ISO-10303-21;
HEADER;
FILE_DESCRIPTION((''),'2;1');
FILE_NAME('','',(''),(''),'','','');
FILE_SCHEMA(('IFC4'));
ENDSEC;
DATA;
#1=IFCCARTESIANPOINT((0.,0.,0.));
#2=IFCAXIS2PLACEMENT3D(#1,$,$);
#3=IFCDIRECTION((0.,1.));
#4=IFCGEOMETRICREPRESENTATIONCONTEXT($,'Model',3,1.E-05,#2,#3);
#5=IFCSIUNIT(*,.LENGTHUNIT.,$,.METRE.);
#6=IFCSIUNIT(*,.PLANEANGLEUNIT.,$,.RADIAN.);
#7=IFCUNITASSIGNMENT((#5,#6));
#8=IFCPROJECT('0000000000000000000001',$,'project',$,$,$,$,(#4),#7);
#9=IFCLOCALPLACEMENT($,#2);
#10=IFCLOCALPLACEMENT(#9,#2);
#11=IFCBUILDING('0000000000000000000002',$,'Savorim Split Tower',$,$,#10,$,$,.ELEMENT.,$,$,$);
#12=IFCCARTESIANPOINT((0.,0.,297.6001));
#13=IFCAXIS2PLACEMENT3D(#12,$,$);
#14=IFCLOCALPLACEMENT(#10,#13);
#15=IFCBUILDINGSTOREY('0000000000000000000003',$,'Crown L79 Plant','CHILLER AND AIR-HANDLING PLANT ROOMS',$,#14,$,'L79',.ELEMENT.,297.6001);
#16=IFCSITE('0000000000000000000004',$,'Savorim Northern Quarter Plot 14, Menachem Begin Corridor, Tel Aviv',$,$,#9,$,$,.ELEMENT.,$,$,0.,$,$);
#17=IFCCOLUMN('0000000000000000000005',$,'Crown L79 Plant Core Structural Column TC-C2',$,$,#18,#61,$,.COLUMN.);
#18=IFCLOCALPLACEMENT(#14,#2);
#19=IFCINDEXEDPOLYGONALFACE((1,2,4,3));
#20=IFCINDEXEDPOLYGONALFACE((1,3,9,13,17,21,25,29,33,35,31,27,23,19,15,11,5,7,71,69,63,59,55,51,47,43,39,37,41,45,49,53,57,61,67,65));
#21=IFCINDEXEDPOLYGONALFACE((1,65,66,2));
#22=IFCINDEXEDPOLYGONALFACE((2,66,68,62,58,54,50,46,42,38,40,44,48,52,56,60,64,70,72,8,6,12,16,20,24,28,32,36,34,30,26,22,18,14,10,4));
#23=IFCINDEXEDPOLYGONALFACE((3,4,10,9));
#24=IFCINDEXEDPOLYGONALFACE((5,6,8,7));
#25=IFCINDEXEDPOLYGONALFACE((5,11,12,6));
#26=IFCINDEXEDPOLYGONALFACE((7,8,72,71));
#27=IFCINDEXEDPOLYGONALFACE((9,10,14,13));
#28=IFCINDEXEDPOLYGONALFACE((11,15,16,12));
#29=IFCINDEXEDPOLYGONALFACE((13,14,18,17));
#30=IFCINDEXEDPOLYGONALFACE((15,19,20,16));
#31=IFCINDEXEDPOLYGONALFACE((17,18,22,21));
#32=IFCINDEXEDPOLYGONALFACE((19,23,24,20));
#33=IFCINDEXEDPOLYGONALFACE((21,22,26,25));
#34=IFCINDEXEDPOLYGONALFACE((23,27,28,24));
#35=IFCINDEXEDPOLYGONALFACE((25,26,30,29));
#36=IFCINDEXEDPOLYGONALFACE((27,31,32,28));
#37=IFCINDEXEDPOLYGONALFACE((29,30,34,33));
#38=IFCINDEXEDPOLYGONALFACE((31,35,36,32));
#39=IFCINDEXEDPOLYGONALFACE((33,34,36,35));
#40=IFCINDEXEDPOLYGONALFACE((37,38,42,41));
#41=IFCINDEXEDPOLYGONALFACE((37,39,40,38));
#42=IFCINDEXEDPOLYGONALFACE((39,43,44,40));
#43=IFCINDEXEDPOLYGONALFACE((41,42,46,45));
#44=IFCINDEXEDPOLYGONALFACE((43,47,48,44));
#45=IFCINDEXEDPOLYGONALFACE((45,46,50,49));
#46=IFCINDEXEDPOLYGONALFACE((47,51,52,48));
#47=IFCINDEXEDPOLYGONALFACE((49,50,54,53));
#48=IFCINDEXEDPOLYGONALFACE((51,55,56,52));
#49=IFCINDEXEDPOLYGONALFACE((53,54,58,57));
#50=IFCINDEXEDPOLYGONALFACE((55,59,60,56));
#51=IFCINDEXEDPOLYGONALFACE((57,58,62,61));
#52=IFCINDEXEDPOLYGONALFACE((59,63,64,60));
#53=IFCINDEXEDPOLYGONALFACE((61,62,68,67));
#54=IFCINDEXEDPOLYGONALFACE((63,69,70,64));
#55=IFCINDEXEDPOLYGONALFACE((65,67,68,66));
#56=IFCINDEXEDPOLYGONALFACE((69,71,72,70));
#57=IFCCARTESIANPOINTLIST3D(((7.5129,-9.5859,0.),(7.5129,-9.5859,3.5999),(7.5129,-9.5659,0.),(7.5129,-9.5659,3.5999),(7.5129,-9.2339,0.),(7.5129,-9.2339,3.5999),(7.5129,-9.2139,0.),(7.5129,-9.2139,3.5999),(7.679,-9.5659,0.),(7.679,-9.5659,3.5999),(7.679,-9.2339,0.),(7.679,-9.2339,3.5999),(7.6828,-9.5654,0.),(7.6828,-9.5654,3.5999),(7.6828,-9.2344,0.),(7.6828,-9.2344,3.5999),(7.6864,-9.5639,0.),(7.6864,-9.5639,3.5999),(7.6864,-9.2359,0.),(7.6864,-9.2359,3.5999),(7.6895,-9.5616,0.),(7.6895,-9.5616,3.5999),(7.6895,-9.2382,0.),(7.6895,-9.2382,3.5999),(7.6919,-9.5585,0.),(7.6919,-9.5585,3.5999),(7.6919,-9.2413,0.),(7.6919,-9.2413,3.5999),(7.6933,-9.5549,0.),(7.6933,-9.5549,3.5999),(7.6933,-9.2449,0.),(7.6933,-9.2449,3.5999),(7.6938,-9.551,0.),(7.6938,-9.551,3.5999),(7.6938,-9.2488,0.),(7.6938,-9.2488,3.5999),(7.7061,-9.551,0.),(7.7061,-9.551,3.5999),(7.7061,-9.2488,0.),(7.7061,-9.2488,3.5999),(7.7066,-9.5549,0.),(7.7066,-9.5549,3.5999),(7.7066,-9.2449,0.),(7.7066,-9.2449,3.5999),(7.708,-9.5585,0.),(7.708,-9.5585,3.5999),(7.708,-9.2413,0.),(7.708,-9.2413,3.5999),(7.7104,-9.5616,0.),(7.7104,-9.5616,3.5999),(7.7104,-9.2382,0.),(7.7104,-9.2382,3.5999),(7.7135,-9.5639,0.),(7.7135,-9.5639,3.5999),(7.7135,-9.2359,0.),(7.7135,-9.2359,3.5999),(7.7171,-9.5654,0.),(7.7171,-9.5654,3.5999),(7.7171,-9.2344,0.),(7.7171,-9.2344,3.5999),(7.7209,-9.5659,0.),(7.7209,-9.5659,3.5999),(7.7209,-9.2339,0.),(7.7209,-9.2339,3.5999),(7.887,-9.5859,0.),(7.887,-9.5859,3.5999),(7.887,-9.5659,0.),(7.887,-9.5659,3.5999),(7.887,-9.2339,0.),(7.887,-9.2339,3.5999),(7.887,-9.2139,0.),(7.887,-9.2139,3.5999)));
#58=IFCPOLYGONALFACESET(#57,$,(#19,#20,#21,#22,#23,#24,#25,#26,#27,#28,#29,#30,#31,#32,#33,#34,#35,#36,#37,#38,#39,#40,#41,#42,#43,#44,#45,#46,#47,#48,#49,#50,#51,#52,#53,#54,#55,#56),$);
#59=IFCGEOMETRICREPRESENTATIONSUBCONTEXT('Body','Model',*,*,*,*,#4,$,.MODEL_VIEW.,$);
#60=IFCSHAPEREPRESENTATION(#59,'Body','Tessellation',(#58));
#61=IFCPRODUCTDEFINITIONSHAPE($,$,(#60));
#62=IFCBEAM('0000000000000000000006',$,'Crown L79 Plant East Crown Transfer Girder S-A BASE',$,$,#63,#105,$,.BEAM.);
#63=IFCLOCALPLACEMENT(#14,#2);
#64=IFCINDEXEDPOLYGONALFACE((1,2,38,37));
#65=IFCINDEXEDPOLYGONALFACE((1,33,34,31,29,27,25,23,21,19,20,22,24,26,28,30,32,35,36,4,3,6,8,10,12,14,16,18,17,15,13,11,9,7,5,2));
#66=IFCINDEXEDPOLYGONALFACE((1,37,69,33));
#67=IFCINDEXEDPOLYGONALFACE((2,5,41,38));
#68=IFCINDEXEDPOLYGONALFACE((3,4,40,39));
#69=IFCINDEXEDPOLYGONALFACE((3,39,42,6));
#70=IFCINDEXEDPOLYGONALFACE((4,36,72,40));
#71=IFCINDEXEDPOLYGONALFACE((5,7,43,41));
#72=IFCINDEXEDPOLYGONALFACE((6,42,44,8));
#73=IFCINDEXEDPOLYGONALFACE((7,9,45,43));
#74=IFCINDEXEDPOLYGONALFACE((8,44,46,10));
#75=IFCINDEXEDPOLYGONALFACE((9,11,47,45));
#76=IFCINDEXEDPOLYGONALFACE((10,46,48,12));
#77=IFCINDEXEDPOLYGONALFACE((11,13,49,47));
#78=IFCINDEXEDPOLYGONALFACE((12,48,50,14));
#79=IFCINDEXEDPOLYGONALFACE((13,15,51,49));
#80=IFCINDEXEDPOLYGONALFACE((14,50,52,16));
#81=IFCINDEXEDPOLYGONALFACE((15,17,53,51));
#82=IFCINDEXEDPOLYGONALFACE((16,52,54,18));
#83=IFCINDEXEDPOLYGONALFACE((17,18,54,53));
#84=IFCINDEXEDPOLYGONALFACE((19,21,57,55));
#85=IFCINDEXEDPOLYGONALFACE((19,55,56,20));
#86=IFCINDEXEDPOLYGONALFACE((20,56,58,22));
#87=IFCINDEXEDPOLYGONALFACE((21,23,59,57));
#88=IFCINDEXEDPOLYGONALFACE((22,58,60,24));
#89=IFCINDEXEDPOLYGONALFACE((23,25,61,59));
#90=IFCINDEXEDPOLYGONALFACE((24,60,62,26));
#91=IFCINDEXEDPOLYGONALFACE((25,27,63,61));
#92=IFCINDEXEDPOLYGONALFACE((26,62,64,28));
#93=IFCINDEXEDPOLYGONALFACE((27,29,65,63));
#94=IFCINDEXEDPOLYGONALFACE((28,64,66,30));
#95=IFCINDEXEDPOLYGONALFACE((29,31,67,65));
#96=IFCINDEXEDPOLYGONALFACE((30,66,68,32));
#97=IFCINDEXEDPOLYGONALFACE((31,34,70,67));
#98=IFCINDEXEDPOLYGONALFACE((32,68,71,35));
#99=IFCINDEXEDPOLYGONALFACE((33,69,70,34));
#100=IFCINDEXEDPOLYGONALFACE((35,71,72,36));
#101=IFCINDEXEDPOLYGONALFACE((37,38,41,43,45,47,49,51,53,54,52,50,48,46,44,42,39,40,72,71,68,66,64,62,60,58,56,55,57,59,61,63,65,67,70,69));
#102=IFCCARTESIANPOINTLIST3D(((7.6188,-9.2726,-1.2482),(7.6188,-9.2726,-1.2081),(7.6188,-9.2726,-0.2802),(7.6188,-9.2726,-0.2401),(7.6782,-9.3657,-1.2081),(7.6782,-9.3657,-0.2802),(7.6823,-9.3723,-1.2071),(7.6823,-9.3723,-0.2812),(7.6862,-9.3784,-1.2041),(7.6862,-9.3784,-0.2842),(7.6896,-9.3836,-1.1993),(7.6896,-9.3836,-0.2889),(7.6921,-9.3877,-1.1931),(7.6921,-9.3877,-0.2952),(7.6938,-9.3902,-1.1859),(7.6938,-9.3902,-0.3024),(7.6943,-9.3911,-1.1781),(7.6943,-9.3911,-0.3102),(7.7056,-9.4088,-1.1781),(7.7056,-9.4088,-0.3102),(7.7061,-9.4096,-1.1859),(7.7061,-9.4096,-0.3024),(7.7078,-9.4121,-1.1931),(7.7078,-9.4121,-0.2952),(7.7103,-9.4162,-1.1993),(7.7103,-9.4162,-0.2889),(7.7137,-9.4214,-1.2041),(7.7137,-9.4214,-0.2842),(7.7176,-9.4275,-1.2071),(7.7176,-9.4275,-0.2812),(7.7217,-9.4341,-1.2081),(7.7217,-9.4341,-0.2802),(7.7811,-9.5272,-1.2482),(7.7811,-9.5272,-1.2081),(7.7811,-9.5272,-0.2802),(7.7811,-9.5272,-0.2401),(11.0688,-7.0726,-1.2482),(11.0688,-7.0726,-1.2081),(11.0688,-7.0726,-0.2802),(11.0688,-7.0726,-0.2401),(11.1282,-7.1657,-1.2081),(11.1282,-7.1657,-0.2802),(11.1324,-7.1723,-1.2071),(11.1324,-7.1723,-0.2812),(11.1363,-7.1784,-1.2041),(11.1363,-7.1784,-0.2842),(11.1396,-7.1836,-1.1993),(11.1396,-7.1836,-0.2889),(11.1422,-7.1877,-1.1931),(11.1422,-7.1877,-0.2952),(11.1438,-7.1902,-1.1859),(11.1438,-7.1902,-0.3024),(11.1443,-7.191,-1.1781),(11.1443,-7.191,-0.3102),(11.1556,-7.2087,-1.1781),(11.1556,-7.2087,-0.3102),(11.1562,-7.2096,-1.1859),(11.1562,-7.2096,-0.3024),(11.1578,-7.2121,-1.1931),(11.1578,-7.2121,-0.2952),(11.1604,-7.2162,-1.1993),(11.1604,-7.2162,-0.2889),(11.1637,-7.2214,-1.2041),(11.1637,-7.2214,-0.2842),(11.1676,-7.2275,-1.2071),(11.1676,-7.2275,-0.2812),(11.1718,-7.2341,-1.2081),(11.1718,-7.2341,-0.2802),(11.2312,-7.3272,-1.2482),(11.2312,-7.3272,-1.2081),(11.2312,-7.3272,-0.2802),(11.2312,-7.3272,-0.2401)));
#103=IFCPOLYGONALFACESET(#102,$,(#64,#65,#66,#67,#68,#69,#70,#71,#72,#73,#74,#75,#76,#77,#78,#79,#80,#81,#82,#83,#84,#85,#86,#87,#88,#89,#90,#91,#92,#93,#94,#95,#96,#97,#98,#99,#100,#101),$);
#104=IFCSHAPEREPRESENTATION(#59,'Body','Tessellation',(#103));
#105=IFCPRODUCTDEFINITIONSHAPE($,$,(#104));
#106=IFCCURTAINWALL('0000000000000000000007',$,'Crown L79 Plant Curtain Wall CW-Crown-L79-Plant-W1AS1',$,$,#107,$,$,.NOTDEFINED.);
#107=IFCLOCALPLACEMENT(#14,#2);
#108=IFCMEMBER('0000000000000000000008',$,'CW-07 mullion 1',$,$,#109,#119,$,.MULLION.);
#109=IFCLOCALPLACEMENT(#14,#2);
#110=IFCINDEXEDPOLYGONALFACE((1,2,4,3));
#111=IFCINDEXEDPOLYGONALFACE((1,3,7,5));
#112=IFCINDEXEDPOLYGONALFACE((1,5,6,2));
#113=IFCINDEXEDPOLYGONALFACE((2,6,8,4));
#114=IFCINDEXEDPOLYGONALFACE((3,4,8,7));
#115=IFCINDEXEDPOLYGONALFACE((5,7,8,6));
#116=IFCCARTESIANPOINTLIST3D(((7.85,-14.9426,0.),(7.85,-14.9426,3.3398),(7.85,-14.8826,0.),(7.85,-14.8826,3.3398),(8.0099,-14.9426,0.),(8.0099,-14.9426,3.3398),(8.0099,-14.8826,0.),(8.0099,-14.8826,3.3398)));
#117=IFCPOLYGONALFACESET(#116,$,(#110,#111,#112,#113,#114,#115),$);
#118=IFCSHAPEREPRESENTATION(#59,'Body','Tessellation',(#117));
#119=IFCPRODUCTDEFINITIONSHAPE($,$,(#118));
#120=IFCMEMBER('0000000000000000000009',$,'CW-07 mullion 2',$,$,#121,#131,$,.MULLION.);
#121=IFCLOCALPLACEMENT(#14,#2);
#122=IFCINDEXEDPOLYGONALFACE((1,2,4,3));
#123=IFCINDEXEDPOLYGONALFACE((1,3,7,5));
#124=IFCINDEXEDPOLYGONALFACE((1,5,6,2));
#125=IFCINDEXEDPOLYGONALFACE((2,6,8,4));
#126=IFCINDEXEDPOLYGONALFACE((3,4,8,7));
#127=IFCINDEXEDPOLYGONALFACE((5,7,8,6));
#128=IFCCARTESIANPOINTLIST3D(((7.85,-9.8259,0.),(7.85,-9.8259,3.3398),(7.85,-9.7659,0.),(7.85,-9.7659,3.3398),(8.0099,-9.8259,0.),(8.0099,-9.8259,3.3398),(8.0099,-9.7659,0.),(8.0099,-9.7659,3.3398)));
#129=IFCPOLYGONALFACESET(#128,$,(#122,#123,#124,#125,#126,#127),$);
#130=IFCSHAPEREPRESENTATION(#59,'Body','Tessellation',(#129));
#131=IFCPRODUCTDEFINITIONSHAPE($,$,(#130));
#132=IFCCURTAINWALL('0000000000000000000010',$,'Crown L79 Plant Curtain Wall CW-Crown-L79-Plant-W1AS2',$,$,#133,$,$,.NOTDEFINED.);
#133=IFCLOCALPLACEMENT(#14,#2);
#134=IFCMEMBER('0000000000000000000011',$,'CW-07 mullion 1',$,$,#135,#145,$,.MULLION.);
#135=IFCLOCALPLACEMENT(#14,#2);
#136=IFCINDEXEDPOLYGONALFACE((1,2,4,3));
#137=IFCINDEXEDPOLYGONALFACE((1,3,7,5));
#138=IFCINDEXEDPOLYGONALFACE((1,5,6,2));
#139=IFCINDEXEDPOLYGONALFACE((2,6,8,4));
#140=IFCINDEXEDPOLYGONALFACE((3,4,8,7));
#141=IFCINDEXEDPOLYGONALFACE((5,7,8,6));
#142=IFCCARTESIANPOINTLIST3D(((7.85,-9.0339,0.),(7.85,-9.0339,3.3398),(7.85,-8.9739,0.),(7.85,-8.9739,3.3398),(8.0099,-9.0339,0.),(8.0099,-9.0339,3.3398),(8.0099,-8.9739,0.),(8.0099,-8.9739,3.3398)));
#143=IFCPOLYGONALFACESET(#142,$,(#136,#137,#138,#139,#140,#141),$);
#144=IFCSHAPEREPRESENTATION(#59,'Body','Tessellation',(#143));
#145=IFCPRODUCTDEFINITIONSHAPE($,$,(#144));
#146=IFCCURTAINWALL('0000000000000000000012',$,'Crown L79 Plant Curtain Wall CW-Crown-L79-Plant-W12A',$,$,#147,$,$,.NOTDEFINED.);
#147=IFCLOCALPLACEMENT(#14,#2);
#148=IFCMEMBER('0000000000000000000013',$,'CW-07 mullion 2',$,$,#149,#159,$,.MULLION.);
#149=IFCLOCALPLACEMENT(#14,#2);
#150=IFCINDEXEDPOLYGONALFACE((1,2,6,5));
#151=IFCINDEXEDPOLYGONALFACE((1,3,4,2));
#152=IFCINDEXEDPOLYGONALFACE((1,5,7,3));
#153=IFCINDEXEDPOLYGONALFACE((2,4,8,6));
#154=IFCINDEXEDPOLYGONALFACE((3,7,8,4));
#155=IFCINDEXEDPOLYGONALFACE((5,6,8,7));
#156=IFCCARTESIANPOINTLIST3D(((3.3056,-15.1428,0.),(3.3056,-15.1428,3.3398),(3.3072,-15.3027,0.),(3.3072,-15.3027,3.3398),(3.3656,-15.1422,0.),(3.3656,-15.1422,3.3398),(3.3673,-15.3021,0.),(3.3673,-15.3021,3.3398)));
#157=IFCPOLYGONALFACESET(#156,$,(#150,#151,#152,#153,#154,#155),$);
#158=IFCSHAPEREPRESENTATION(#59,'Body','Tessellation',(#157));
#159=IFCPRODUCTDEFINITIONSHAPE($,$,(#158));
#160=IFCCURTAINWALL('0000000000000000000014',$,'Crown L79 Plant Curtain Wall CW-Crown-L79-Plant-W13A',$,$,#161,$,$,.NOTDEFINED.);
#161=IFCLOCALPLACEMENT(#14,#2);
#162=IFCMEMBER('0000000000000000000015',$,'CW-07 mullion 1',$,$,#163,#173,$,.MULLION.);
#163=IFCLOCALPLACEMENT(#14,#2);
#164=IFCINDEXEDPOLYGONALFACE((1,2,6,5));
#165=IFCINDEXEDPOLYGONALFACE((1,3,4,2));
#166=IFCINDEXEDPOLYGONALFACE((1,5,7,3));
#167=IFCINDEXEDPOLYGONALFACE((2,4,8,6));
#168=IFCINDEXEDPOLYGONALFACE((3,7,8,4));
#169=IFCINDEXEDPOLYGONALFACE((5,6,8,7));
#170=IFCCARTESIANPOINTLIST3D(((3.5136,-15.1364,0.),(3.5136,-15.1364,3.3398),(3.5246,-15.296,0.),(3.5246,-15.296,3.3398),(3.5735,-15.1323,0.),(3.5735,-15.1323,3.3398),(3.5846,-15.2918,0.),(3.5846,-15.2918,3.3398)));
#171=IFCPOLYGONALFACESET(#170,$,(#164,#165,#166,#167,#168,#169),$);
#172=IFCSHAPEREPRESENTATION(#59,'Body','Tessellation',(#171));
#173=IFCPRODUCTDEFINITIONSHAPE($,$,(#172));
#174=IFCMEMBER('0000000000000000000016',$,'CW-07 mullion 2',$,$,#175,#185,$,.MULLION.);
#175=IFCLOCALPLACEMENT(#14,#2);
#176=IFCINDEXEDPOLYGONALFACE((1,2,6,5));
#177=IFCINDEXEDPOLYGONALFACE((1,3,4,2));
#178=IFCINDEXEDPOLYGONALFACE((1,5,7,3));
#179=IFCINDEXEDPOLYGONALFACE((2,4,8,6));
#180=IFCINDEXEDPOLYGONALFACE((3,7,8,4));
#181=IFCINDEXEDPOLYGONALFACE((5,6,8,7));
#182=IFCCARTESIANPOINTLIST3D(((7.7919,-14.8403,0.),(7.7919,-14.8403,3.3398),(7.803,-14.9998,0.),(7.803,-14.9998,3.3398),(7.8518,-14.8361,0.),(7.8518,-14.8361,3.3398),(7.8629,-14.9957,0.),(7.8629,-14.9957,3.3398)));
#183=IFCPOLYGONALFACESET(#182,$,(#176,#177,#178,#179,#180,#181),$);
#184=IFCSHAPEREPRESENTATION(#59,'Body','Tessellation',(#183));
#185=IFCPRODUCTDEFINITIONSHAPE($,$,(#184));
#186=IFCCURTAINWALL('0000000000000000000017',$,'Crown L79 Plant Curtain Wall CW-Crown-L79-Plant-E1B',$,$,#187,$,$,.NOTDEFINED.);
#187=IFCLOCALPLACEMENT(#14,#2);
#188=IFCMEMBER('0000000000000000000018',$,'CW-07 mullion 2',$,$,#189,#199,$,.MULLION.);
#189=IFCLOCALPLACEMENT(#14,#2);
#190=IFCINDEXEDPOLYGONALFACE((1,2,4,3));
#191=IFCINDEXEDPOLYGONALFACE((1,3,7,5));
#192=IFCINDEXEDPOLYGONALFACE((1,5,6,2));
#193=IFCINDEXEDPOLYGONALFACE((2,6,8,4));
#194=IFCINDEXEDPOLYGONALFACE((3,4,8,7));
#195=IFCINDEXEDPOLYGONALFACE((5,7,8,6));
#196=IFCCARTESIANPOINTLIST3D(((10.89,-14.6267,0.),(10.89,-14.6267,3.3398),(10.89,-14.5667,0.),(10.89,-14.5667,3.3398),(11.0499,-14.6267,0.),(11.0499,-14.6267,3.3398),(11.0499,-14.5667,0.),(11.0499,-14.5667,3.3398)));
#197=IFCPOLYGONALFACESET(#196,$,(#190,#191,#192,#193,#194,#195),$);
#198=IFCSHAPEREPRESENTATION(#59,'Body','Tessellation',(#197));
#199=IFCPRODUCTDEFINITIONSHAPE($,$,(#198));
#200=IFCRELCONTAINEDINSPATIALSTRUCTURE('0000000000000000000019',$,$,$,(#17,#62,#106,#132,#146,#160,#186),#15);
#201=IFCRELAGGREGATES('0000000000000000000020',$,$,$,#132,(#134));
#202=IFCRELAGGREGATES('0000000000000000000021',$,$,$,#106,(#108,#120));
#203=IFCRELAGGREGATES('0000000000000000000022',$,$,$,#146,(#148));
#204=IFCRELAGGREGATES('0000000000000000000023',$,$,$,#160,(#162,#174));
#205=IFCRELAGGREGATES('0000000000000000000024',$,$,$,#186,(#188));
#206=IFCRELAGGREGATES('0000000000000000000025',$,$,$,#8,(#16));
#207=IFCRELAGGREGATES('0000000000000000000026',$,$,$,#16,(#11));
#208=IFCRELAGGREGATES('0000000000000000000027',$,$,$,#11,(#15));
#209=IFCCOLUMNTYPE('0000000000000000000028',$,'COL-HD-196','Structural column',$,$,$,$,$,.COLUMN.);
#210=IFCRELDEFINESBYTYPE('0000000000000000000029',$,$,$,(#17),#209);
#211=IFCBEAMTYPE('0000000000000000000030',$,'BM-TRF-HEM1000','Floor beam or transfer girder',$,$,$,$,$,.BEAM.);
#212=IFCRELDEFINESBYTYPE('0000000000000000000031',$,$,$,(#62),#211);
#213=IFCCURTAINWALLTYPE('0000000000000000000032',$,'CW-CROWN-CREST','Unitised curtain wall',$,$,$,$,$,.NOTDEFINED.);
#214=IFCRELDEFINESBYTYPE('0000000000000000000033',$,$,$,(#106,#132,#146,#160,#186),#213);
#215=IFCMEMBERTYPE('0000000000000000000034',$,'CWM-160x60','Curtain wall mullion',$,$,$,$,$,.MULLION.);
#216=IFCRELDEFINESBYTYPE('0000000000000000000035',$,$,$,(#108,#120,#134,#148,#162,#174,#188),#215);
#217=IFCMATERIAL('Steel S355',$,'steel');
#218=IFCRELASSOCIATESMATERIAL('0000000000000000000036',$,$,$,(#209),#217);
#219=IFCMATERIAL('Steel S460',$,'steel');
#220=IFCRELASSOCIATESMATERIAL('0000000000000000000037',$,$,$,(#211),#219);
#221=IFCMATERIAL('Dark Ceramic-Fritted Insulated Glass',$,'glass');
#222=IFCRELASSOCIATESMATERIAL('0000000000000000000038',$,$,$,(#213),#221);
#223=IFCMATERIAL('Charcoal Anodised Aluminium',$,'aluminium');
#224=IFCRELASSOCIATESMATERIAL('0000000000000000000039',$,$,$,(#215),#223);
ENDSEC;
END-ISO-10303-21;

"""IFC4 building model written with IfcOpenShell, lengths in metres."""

from ifc_helpers import new_model, si_unit, direction, frame, origin, origin_2d, place, context, subcontext, project, spatial, rectangle, i_section, extrude, material, material_profile, profile_set, type_object, element, aggregate, save


model = new_model("IFC4")

# Units and contexts
model_context = context("Model", 3, precision=1e-05, world=origin(), true_north=direction((0.0, 1.0)))
body_context = subcontext(model_context, "Body", "Model", "MODEL_VIEW")
ifc_project = project(units=[si_unit("LENGTHUNIT", "METRE"), si_unit("PLANEANGLEUNIT", "RADIAN")], contexts=[model_context])

# Site, building, storey
site_placement = place(None, origin())
site = spatial("IfcSite", under=ifc_project, at=site_placement, Name="Savorim Northern Quarter Plot 14, Menachem Begin Corridor, Tel Aviv", CompositionType="ELEMENT", RefElevation=0.0)
building_placement = place(site_placement, origin())
building = spatial("IfcBuilding", under=site, at=building_placement, Name="Savorim Split Tower", CompositionType="ELEMENT")
storey_placement = place(building_placement, frame((0.0, 0.0, 297.6001)))
storey = spatial("IfcBuildingStorey", under=building, at=storey_placement, Name="Crown L79 Plant", Description="CHILLER AND AIR-HANDLING PLANT ROOMS", LongName="L79", CompositionType="ELEMENT", Elevation=297.6001)

# Column
ifc_material_1 = material(Name="Steel S355", Category="steel")
ifc_material_profile_1 = material_profile(ifc_material_1, i_section(OverallWidth=0.374, OverallDepth=0.3721, WebThickness=0.0122, FlangeThickness=0.02, FilletRadius=0.0149, at=origin_2d()), Name="HD 360x196")
ifc_profile_set_1 = profile_set([ifc_material_profile_1], Name="Steel S355")
column_type = type_object("IfcColumnType", Name="COL-HD-196", Description="Structural column", PredefinedType="COLUMN", material=ifc_profile_set_1)
column_placement = place(storey_placement, frame((7.7, -9.3999, 0.0), z_axis=(0.0, 0.0, 1.0), x_axis=(1.0, 0.0, 0.0)))
element("IfcColumn", 1, at=column_placement, inside=storey, type_object=column_type, Name="Crown L79 Plant Core Structural Column TC-C2", PredefinedType="COLUMN", context=body_context, shape_type="SweptSolid", body=[
    extrude(i_section(OverallWidth=0.374, OverallDepth=0.3721, WebThickness=0.0122, FlangeThickness=0.02, FilletRadius=0.0149, at=origin_2d()), origin(), (0.0, 0.0, 1.0), 3.5999),
])

# Beam
ifc_material_2 = material(Name="Steel S460", Category="steel")
ifc_material_profile_2 = material_profile(ifc_material_2, i_section(OverallWidth=0.302, OverallDepth=1.0081, WebThickness=0.021, FlangeThickness=0.04, FilletRadius=0.03, at=origin_2d()), Name="HE 1000 M")
ifc_profile_set_2 = profile_set([ifc_material_profile_2], Name="Steel S460")
beam_type = type_object("IfcBeamType", Name="BM-TRF-HEM1000", Description="Floor beam or transfer girder", PredefinedType="BEAM", material=ifc_profile_set_2)
beam_placement = place(storey_placement, frame((7.7, -9.3999, -0.7441), z_axis=(0.84316, 0.537663, 0.0), x_axis=(-0.537663, 0.84316, 0.0)))
element("IfcBeam", 2, at=beam_placement, inside=storey, type_object=beam_type, Name="Crown L79 Plant East Crown Transfer Girder S-A BASE", PredefinedType="BEAM", context=body_context, shape_type="SweptSolid", body=[
    extrude(i_section(OverallWidth=0.302, OverallDepth=1.0081, WebThickness=0.021, FlangeThickness=0.04, FilletRadius=0.03, at=origin_2d()), origin(), (0.0, 0.0, 1.0), 4.0918),
])

# Curtain wall, members
ifc_material_3 = material(Name="Dark Ceramic-Fritted Insulated Glass", Category="glass")
curtain_wall_type = type_object("IfcCurtainWallType", Name="CW-CROWN-CREST", Description="Unitised curtain wall", PredefinedType="NOTDEFINED", material=ifc_material_3)
curtain_wall_1_placement = place(storey_placement, origin())
curtain_wall_1 = element("IfcCurtainWall", 3, at=curtain_wall_1_placement, inside=storey, type_object=curtain_wall_type, Name="Crown L79 Plant Curtain Wall CW-Crown-L79-Plant-W1AS1", PredefinedType="NOTDEFINED")
ifc_material_4 = material(Name="Charcoal Anodised Aluminium", Category="aluminium")
ifc_material_profile_3 = material_profile(ifc_material_4, rectangle(XDim=0.1599, YDim=0.0601, at=origin_2d()), Name="ALU-M 160x60")
ifc_profile_set_3 = profile_set([ifc_material_profile_3], Name="Charcoal Anodised Aluminium")
member_type_1 = type_object("IfcMemberType", Name="CWM-160x60", Description="Curtain wall mullion", PredefinedType="MULLION", material=ifc_profile_set_3)
member_1_placement = place(storey_placement, frame((7.9299, -14.9126, 0.0), z_axis=(0.0, 0.0, 1.0), x_axis=(-1.0, 0.0, 0.0)))
member_1 = element("IfcMember", 4, at=member_1_placement, type_object=member_type_1, Name="CW-07 mullion 1", PredefinedType="MULLION", context=body_context, shape_type="SweptSolid", body=[
    extrude(rectangle(XDim=0.1599, YDim=0.0601, at=origin_2d()), origin(), (0.0, 0.0, 1.0), 3.3398),
])
member_2_placement = place(storey_placement, frame((7.9299, -9.7959, 0.0), z_axis=(0.0, 0.0, 1.0), x_axis=(-1.0, 0.0, 0.0)))
member_2 = element("IfcMember", 5, at=member_2_placement, type_object=member_type_1, Name="CW-07 mullion 2", PredefinedType="MULLION", context=body_context, shape_type="SweptSolid", body=[
    extrude(rectangle(XDim=0.1599, YDim=0.0601, at=origin_2d()), origin(), (0.0, 0.0, 1.0), 3.3398),
])

# Curtain walls, members
curtain_wall_2_placement = place(storey_placement, origin())
curtain_wall_2 = element("IfcCurtainWall", 6, at=curtain_wall_2_placement, inside=storey, type_object=curtain_wall_type, Name="Crown L79 Plant Curtain Wall CW-Crown-L79-Plant-W1AS2", PredefinedType="NOTDEFINED")
member_3_placement = place(storey_placement, frame((7.9299, -9.0039, 0.0), z_axis=(0.0, 0.0, 1.0), x_axis=(-1.0, 0.0, 0.0)))
member_3 = element("IfcMember", 7, at=member_3_placement, type_object=member_type_1, Name="CW-07 mullion 1", PredefinedType="MULLION", context=body_context, shape_type="SweptSolid", body=[
    extrude(rectangle(XDim=0.1599, YDim=0.0601, at=origin_2d()), origin(), (0.0, 0.0, 1.0), 3.3398),
])
aggregate(curtain_wall_2, [member_3])
curtain_wall_3_placement = place(storey_placement, origin())
curtain_wall_3 = element("IfcCurtainWall", 8, at=curtain_wall_3_placement, inside=storey, type_object=curtain_wall_type, Name="Crown L79 Plant Curtain Wall CW-Crown-L79-Plant-W12A", PredefinedType="NOTDEFINED")
member_4_placement = place(storey_placement, frame((3.3364, -15.2224, 0.0), z_axis=(0.0, 0.0, 1.0), x_axis=(-0.010255, 0.999947, 0.0)))
member_4 = element("IfcMember", 9, at=member_4_placement, type_object=member_type_1, Name="CW-07 mullion 2", PredefinedType="MULLION", context=body_context, shape_type="SweptSolid", body=[
    extrude(rectangle(XDim=0.1599, YDim=0.0601, at=origin_2d()), origin(), (0.0, 0.0, 1.0), 3.3398),
])

# Curtain wall, members
curtain_wall_4_placement = place(storey_placement, origin())
curtain_wall_4 = element("IfcCurtainWall", 10, at=curtain_wall_4_placement, inside=storey, type_object=curtain_wall_type, Name="Crown L79 Plant Curtain Wall CW-Crown-L79-Plant-W13A", PredefinedType="NOTDEFINED")
member_5_placement = place(storey_placement, frame((3.5491, -15.2141, 0.0), z_axis=(0.0, 0.0, 1.0), x_axis=(-0.069081, 0.997611, 0.0)))
member_5 = element("IfcMember", 11, at=member_5_placement, type_object=member_type_1, Name="CW-07 mullion 1", PredefinedType="MULLION", context=body_context, shape_type="SweptSolid", body=[
    extrude(rectangle(XDim=0.1599, YDim=0.0601, at=origin_2d()), origin(), (0.0, 0.0, 1.0), 3.3398),
])
member_6_placement = place(storey_placement, frame((7.8274, -14.918, 0.0), z_axis=(0.0, 0.0, 1.0), x_axis=(-0.069081, 0.997611, 0.0)))
member_6 = element("IfcMember", 12, at=member_6_placement, type_object=member_type_1, Name="CW-07 mullion 2", PredefinedType="MULLION", context=body_context, shape_type="SweptSolid", body=[
    extrude(rectangle(XDim=0.1599, YDim=0.0601, at=origin_2d()), origin(), (0.0, 0.0, 1.0), 3.3398),
])

# Curtain wall, member
curtain_wall_5_placement = place(storey_placement, origin())
curtain_wall_5 = element("IfcCurtainWall", 13, at=curtain_wall_5_placement, inside=storey, type_object=curtain_wall_type, Name="Crown L79 Plant Curtain Wall CW-Crown-L79-Plant-E1B", PredefinedType="NOTDEFINED")
member_7_placement = place(storey_placement, frame((10.97, -14.5967, 0.0), z_axis=(0.0, 0.0, 1.0), x_axis=(1.0, 0.0, 0.0)))
member_7 = element("IfcMember", 14, at=member_7_placement, type_object=member_type_1, Name="CW-07 mullion 2", PredefinedType="MULLION", context=body_context, shape_type="SweptSolid", body=[
    extrude(rectangle(XDim=0.1599, YDim=0.0601, at=origin_2d()), origin(), (0.0, 0.0, 1.0), 3.3398),
])

aggregate(curtain_wall_1, [member_1, member_2])
aggregate(curtain_wall_3, [member_4])
aggregate(curtain_wall_4, [member_5, member_6])
aggregate(curtain_wall_5, [member_7])

save(model, "model.ifc")
